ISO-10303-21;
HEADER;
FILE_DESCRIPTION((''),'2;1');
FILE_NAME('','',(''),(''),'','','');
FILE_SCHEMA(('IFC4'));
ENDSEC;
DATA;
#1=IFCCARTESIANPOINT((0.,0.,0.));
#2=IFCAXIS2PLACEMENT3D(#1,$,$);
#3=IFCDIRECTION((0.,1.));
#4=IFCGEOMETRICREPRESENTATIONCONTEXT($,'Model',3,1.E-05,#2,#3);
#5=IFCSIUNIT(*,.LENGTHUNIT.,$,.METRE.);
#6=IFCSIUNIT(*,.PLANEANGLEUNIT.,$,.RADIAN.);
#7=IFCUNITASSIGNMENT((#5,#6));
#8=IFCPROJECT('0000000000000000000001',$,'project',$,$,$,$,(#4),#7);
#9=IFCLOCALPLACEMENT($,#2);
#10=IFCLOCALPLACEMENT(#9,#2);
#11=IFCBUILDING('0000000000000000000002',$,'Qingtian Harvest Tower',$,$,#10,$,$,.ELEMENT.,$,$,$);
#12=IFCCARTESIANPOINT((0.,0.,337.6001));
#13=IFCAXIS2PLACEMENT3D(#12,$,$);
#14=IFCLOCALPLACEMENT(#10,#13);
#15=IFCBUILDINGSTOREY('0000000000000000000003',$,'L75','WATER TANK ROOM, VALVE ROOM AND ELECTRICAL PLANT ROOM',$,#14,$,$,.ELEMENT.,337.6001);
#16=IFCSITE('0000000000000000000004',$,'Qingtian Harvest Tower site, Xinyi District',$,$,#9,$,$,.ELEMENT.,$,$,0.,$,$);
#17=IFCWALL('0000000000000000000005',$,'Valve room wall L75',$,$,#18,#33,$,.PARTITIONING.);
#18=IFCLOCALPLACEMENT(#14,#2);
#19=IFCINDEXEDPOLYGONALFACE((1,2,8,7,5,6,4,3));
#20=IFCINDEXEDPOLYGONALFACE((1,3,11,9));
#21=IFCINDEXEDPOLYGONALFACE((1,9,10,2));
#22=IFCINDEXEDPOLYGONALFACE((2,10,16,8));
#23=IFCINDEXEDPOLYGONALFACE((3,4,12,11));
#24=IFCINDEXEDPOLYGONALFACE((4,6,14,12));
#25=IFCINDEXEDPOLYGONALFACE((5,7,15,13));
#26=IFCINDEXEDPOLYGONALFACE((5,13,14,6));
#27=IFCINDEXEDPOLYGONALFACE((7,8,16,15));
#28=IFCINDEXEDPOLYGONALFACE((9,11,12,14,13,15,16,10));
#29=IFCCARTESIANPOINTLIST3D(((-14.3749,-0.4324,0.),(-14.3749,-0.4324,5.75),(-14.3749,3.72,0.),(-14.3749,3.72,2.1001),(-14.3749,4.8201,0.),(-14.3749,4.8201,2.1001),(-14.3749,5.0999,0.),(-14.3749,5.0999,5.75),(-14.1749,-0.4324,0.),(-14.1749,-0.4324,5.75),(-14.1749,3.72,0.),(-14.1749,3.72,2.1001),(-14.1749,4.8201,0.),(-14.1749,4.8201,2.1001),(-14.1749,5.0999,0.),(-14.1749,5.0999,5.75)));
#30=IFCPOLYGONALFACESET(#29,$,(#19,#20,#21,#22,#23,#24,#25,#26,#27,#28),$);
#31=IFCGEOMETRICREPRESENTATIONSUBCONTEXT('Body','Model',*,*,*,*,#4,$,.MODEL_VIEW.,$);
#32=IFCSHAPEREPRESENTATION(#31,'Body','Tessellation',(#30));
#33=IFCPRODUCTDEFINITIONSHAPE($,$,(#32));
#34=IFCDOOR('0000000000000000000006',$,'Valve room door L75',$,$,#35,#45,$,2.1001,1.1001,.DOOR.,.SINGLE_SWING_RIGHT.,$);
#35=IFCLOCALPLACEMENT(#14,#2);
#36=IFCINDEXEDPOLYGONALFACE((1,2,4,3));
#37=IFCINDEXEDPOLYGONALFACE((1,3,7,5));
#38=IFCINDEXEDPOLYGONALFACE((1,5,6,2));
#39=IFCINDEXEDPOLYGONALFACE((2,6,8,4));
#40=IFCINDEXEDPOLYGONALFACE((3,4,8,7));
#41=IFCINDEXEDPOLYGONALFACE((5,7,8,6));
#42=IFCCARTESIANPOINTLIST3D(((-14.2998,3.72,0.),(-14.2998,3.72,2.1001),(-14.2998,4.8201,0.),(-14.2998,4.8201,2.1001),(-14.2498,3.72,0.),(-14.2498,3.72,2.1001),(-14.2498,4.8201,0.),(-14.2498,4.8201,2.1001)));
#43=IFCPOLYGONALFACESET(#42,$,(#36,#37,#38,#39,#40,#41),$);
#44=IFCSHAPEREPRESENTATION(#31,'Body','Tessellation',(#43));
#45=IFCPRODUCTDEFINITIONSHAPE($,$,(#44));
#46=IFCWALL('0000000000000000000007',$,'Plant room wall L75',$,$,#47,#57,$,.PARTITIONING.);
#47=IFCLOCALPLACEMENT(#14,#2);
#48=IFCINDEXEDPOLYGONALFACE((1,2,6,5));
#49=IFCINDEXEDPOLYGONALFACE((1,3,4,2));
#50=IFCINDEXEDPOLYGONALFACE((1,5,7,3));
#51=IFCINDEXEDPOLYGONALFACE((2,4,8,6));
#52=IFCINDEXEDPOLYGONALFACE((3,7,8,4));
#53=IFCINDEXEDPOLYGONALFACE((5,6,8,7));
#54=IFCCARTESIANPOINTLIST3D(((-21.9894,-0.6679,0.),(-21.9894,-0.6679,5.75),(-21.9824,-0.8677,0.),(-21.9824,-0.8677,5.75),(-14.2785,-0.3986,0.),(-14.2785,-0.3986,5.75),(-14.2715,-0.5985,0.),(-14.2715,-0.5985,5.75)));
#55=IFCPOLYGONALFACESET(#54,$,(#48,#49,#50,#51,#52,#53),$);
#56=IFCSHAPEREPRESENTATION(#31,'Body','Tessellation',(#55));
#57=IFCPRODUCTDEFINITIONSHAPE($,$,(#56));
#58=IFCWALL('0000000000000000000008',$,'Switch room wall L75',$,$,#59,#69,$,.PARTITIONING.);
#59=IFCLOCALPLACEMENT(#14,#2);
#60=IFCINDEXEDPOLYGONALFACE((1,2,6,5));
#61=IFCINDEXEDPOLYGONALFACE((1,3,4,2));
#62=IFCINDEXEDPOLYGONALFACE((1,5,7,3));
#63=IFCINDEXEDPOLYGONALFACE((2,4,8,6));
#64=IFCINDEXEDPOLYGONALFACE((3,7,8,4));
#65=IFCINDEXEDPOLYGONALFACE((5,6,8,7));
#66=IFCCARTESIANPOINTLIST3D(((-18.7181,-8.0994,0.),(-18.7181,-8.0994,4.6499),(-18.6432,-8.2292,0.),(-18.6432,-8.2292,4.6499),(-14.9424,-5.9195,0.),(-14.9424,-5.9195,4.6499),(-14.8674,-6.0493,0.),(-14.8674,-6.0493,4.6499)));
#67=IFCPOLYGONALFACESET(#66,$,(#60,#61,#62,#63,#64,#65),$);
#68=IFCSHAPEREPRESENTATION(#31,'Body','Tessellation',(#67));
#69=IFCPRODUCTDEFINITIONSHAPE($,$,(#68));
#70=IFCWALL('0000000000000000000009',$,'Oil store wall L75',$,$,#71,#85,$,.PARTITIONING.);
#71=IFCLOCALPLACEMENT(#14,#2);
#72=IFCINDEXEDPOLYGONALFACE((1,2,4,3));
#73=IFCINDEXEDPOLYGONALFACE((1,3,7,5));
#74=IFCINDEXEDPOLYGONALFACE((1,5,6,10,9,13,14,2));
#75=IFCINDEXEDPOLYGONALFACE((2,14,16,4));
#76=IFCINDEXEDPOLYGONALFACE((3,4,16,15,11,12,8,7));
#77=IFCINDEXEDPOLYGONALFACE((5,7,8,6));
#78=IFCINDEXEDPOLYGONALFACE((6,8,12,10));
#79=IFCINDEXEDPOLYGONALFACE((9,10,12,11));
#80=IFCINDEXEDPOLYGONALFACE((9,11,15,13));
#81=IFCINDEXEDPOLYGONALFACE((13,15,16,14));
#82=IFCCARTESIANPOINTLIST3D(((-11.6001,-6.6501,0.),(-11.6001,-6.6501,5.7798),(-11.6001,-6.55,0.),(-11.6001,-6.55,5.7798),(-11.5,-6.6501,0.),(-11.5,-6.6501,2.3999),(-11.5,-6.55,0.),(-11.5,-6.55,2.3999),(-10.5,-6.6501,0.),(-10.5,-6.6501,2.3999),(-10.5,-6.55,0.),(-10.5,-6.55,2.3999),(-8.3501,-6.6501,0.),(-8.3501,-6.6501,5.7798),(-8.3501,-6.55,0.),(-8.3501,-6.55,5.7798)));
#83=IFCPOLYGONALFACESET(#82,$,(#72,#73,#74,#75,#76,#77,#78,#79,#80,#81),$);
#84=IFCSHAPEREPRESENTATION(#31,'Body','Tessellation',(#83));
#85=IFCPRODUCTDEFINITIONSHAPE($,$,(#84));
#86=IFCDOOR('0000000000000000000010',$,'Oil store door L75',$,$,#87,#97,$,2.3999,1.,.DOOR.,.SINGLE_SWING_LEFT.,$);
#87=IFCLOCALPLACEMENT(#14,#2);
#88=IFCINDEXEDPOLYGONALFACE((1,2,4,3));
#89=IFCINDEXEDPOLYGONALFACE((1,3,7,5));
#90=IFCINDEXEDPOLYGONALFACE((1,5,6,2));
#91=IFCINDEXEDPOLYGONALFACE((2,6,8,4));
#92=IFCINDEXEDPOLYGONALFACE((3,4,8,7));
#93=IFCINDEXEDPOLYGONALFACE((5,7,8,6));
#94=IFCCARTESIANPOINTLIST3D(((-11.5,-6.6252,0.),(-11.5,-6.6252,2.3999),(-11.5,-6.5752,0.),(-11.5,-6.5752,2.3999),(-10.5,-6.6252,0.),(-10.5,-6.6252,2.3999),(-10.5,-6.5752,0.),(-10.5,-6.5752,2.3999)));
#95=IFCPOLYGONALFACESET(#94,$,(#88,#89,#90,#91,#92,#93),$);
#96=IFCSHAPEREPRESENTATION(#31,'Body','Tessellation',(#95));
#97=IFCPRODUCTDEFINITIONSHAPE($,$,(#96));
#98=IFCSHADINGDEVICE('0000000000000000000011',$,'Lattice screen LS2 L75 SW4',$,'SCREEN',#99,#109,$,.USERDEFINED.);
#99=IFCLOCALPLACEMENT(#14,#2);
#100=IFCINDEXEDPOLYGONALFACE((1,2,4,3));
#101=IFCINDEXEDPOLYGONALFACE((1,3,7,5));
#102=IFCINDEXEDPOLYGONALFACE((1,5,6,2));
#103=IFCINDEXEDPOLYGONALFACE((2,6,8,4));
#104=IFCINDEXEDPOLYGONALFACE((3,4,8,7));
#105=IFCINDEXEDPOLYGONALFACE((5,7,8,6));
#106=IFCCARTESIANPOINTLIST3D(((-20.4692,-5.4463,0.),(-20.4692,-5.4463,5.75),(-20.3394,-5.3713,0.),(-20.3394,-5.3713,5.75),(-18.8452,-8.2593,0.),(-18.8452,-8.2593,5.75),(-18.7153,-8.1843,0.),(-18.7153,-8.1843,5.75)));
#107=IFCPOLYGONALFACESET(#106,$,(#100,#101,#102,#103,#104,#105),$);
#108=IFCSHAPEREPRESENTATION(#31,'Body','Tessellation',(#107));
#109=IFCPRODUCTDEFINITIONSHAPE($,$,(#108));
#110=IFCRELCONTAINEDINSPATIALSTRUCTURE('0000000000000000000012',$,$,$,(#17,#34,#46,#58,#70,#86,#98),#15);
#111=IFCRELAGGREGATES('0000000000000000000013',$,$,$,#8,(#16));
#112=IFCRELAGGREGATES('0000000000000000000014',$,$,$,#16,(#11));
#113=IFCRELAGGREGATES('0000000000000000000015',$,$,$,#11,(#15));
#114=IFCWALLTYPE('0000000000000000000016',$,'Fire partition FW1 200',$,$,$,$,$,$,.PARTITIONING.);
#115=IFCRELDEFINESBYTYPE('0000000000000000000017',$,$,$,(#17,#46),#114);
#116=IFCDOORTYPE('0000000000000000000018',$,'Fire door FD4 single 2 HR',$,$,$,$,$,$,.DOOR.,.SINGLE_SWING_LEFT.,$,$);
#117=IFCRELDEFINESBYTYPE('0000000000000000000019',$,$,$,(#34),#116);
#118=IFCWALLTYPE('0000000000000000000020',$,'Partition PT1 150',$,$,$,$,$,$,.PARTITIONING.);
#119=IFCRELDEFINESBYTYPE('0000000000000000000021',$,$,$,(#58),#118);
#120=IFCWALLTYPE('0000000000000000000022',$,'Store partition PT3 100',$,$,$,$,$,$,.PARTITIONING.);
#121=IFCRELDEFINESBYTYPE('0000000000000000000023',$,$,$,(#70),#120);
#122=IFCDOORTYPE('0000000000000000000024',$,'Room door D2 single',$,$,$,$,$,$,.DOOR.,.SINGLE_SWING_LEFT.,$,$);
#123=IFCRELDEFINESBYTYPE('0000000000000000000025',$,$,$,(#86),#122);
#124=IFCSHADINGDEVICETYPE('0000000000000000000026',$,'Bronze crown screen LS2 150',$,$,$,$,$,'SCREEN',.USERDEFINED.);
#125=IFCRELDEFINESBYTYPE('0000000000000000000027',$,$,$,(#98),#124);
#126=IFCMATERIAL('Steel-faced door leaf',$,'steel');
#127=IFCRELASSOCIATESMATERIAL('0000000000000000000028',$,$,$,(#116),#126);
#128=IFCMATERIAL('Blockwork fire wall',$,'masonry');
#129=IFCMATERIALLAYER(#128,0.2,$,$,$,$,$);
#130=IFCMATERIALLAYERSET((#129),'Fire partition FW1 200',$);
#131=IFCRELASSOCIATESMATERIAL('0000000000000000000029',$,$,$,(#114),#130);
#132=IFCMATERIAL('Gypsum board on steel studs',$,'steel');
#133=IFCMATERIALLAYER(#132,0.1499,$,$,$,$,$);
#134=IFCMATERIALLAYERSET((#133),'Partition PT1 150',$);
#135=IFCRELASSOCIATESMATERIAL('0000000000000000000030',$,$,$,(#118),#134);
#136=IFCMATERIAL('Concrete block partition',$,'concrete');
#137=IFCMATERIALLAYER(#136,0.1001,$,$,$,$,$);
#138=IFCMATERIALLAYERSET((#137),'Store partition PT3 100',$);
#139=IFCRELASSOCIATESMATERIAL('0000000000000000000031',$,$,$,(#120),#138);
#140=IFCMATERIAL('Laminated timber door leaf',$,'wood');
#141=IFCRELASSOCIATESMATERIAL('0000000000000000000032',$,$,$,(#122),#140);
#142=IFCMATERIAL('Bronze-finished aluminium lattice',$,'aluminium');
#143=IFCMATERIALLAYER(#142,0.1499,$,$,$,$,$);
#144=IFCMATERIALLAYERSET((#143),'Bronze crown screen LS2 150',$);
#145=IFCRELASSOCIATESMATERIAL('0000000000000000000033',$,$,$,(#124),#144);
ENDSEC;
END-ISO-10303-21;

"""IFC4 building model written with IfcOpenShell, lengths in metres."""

from ifc_helpers import new_model, si_unit, direction, frame, frame_2d, origin, place, context, subcontext, project, spatial, polyline, rectangle, outline, extrude, material, layer, layer_set, type_object, element, fill, save


model = new_model("IFC4")

# Units and contexts
model_context = context("Model", 3, precision=1e-05, world=origin(), true_north=direction((0.0, 1.0)))
body_context = subcontext(model_context, "Body", "Model", "MODEL_VIEW")
ifc_project = project(units=[si_unit("LENGTHUNIT", "METRE"), si_unit("PLANEANGLEUNIT", "RADIAN")], contexts=[model_context])

# Site, building, storey
site_placement = place(None, origin())
site = spatial("IfcSite", under=ifc_project, at=site_placement, Name="Qingtian Harvest Tower site, Xinyi District", CompositionType="ELEMENT", RefElevation=0.0)
building_placement = place(site_placement, origin())
building = spatial("IfcBuilding", under=site, at=building_placement, Name="Qingtian Harvest Tower", CompositionType="ELEMENT")
storey_placement = place(building_placement, frame((0.0, 0.0, 337.6001)))
storey = spatial("IfcBuildingStorey", under=building, at=storey_placement, Name="L75", Description="WATER TANK ROOM, VALVE ROOM AND ELECTRICAL PLANT ROOM", CompositionType="ELEMENT", Elevation=337.6001)

# Shared definitions
ifc_material_1 = material(Name="Steel-faced door leaf", Category="steel")
door_type_1 = type_object("IfcDoorType", Name="Fire door FD4 single 2 HR", OperationType="SINGLE_SWING_LEFT", PredefinedType="DOOR", material=ifc_material_1)

# Shared definitions
ifc_material_2 = material(Name="Blockwork fire wall", Category="masonry")
ifc_layer_1 = layer(ifc_material_2, 0.2)
ifc_layer_set_1 = layer_set([ifc_layer_1], Name="Fire partition FW1 200")
wall_type_1 = type_object("IfcWallType", Name="Fire partition FW1 200", PredefinedType="PARTITIONING", material=ifc_layer_set_1)

# Wall, opening, door
wall_1_placement = place(storey_placement, frame((-14.2749, -0.4324, 0.0), z_axis=(0.0, 0.0, 1.0), x_axis=(0.0, 1.0, 0.0)))
wall_1 = element("IfcWall", 1, at=wall_1_placement, inside=storey, type_object=wall_type_1, Name="Valve room wall L75", PredefinedType="PARTITIONING", context=body_context, shape_type="SweptSolid", body=[
    extrude(rectangle(XDim=5.5322, YDim=0.2, at=frame_2d((2.7661, 0.0))), origin(), (0.0, 0.0, 1.0), 5.75),
])
opening_1_placement = place(wall_1_placement, frame((4.1523, 0.0, 0.0)))
opening_1 = element("IfcOpeningElement", 2, at=opening_1_placement, cuts=wall_1, PredefinedType="OPENING", context=body_context, shape_type="SweptSolid", body=[
    extrude(rectangle(XDim=1.1001, YDim=2.1001, at=frame_2d((0.55, 1.05))), frame((0.0, 0.1099, 0.0), z_axis=(0.0, -1.0, 0.0), x_axis=(1.0, 0.0, 0.0)), (0.0, 0.0, 1.0), 0.22),
])
door_1_placement = place(opening_1_placement, origin())
door_1 = element("IfcDoor", 3, at=door_1_placement, inside=storey, type_object=door_type_1, Name="Valve room door L75", OperationType="SINGLE_SWING_RIGHT", OverallHeight=2.1001, OverallWidth=1.1001, PredefinedType="DOOR", context=body_context, shape_type="SweptSolid", body=[
    extrude(rectangle(XDim=1.1001, YDim=2.1001, at=frame_2d((0.55, 1.05))), frame((0.0, 0.0249, 0.0), z_axis=(0.0, -1.0, 0.0), x_axis=(1.0, 0.0, 0.0)), (0.0, 0.0, 1.0), 0.05),
])
fill(opening_1, door_1)

# Walls
wall_2_placement = place(storey_placement, frame((-14.2749, -0.4985, 0.0), z_axis=(0.0, 0.0, 1.0), x_axis=(-0.999391, -0.034901, 0.0)))
element("IfcWall", 4, at=wall_2_placement, inside=storey, type_object=wall_type_1, Name="Plant room wall L75", PredefinedType="PARTITIONING", context=body_context, shape_type="SweptSolid", body=[
    extrude(rectangle(XDim=7.7156, YDim=0.2, at=frame_2d((3.8579, 0.0))), origin(), (0.0, 0.0, 1.0), 5.75),
])
ifc_material_3 = material(Name="Gypsum board on steel studs", Category="steel")
ifc_layer_2 = layer(ifc_material_3, 0.1499)
ifc_layer_set_2 = layer_set([ifc_layer_2], Name="Partition PT1 150")
wall_type_2 = type_object("IfcWallType", Name="Partition PT1 150", PredefinedType="PARTITIONING", material=ifc_layer_set_2)
wall_3_placement = place(storey_placement, frame((-18.6807, -8.1643, 0.0), z_axis=(0.0, 0.0, 1.0), x_axis=(0.866033, 0.499987, 0.0)))
element("IfcWall", 5, at=wall_3_placement, inside=storey, type_object=wall_type_2, Name="Switch room wall L75", PredefinedType="PARTITIONING", context=body_context, shape_type="SweptSolid", body=[
    extrude(rectangle(XDim=4.3599, YDim=0.1499, at=frame_2d((2.1799, 0.0))), origin(), (0.0, 0.0, 1.0), 4.6499),
])

# Wall, opening, door
ifc_material_4 = material(Name="Concrete block partition", Category="concrete")
ifc_layer_3 = layer(ifc_material_4, 0.1001)
ifc_layer_set_3 = layer_set([ifc_layer_3], Name="Store partition PT3 100")
wall_type_3 = type_object("IfcWallType", Name="Store partition PT3 100", PredefinedType="PARTITIONING", material=ifc_layer_set_3)
wall_4_placement = place(storey_placement, frame((-11.6001, -6.6001, 0.0), z_axis=(0.0, 0.0, 1.0), x_axis=(1.0, 0.0, 0.0)))
wall_4 = element("IfcWall", 6, at=wall_4_placement, inside=storey, type_object=wall_type_3, Name="Oil store wall L75", PredefinedType="PARTITIONING", context=body_context, shape_type="SweptSolid", body=[
    extrude(rectangle(XDim=3.25, YDim=0.1001, at=frame_2d((1.625, 0.0))), origin(), (0.0, 0.0, 1.0), 5.7798),
])
opening_2_placement = place(wall_4_placement, frame((0.1001, 0.0, 0.0)))
opening_2 = element("IfcOpeningElement", 7, at=opening_2_placement, cuts=wall_4, PredefinedType="OPENING", context=body_context, shape_type="SweptSolid", body=[
    extrude(rectangle(XDim=1.0, YDim=2.3999, at=frame_2d((0.5, 1.2))), frame((0.0, 0.0601, 0.0), z_axis=(0.0, -1.0, 0.0), x_axis=(1.0, 0.0, 0.0)), (0.0, 0.0, 1.0), 0.1201),
])
ifc_material_5 = material(Name="Laminated timber door leaf", Category="wood")
door_type_2 = type_object("IfcDoorType", Name="Room door D2 single", OperationType="SINGLE_SWING_LEFT", PredefinedType="DOOR", material=ifc_material_5)
door_2_placement = place(opening_2_placement, origin())
door_2 = element("IfcDoor", 8, at=door_2_placement, inside=storey, type_object=door_type_2, Name="Oil store door L75", OperationType="SINGLE_SWING_LEFT", OverallHeight=2.3999, OverallWidth=1.0, PredefinedType="DOOR", context=body_context, shape_type="SweptSolid", body=[
    extrude(rectangle(XDim=1.0, YDim=2.3999, at=frame_2d((0.5, 1.2))), frame((0.0, 0.0249, 0.0), z_axis=(0.0, -1.0, 0.0), x_axis=(1.0, 0.0, 0.0)), (0.0, 0.0, 1.0), 0.05),
])
fill(opening_2, door_2)

# Shading device
ifc_material_6 = material(Name="Bronze-finished aluminium lattice", Category="aluminium")
ifc_layer_4 = layer(ifc_material_6, 0.1499)
ifc_layer_set_4 = layer_set([ifc_layer_4], Name="Bronze crown screen LS2 150")
shading_device_type = type_object("IfcShadingDeviceType", Name="Bronze crown screen LS2 150", ElementType="SCREEN", PredefinedType="USERDEFINED", material=ifc_layer_set_4)
shading_device_placement = place(storey_placement, frame((-18.7153, -8.1843, 0.0), z_axis=(0.866033, 0.499987, 0.0), x_axis=(-0.499987, 0.866033, 0.0)))
element("IfcShadingDevice", 9, at=shading_device_placement, inside=storey, type_object=shading_device_type, Name="Lattice screen LS2 L75 SW4", ObjectType="SCREEN", PredefinedType="USERDEFINED", context=body_context, shape_type="SweptSolid", body=[
    extrude(outline(polyline([(0.0, 0.0), (3.2481, 0.0), (3.2481, 5.75), (0.0, 5.75), (0.0, 0.0)])), origin(), (0.0, 0.0, -1.0), 0.1499),
])

save(model, "model.ifc")
